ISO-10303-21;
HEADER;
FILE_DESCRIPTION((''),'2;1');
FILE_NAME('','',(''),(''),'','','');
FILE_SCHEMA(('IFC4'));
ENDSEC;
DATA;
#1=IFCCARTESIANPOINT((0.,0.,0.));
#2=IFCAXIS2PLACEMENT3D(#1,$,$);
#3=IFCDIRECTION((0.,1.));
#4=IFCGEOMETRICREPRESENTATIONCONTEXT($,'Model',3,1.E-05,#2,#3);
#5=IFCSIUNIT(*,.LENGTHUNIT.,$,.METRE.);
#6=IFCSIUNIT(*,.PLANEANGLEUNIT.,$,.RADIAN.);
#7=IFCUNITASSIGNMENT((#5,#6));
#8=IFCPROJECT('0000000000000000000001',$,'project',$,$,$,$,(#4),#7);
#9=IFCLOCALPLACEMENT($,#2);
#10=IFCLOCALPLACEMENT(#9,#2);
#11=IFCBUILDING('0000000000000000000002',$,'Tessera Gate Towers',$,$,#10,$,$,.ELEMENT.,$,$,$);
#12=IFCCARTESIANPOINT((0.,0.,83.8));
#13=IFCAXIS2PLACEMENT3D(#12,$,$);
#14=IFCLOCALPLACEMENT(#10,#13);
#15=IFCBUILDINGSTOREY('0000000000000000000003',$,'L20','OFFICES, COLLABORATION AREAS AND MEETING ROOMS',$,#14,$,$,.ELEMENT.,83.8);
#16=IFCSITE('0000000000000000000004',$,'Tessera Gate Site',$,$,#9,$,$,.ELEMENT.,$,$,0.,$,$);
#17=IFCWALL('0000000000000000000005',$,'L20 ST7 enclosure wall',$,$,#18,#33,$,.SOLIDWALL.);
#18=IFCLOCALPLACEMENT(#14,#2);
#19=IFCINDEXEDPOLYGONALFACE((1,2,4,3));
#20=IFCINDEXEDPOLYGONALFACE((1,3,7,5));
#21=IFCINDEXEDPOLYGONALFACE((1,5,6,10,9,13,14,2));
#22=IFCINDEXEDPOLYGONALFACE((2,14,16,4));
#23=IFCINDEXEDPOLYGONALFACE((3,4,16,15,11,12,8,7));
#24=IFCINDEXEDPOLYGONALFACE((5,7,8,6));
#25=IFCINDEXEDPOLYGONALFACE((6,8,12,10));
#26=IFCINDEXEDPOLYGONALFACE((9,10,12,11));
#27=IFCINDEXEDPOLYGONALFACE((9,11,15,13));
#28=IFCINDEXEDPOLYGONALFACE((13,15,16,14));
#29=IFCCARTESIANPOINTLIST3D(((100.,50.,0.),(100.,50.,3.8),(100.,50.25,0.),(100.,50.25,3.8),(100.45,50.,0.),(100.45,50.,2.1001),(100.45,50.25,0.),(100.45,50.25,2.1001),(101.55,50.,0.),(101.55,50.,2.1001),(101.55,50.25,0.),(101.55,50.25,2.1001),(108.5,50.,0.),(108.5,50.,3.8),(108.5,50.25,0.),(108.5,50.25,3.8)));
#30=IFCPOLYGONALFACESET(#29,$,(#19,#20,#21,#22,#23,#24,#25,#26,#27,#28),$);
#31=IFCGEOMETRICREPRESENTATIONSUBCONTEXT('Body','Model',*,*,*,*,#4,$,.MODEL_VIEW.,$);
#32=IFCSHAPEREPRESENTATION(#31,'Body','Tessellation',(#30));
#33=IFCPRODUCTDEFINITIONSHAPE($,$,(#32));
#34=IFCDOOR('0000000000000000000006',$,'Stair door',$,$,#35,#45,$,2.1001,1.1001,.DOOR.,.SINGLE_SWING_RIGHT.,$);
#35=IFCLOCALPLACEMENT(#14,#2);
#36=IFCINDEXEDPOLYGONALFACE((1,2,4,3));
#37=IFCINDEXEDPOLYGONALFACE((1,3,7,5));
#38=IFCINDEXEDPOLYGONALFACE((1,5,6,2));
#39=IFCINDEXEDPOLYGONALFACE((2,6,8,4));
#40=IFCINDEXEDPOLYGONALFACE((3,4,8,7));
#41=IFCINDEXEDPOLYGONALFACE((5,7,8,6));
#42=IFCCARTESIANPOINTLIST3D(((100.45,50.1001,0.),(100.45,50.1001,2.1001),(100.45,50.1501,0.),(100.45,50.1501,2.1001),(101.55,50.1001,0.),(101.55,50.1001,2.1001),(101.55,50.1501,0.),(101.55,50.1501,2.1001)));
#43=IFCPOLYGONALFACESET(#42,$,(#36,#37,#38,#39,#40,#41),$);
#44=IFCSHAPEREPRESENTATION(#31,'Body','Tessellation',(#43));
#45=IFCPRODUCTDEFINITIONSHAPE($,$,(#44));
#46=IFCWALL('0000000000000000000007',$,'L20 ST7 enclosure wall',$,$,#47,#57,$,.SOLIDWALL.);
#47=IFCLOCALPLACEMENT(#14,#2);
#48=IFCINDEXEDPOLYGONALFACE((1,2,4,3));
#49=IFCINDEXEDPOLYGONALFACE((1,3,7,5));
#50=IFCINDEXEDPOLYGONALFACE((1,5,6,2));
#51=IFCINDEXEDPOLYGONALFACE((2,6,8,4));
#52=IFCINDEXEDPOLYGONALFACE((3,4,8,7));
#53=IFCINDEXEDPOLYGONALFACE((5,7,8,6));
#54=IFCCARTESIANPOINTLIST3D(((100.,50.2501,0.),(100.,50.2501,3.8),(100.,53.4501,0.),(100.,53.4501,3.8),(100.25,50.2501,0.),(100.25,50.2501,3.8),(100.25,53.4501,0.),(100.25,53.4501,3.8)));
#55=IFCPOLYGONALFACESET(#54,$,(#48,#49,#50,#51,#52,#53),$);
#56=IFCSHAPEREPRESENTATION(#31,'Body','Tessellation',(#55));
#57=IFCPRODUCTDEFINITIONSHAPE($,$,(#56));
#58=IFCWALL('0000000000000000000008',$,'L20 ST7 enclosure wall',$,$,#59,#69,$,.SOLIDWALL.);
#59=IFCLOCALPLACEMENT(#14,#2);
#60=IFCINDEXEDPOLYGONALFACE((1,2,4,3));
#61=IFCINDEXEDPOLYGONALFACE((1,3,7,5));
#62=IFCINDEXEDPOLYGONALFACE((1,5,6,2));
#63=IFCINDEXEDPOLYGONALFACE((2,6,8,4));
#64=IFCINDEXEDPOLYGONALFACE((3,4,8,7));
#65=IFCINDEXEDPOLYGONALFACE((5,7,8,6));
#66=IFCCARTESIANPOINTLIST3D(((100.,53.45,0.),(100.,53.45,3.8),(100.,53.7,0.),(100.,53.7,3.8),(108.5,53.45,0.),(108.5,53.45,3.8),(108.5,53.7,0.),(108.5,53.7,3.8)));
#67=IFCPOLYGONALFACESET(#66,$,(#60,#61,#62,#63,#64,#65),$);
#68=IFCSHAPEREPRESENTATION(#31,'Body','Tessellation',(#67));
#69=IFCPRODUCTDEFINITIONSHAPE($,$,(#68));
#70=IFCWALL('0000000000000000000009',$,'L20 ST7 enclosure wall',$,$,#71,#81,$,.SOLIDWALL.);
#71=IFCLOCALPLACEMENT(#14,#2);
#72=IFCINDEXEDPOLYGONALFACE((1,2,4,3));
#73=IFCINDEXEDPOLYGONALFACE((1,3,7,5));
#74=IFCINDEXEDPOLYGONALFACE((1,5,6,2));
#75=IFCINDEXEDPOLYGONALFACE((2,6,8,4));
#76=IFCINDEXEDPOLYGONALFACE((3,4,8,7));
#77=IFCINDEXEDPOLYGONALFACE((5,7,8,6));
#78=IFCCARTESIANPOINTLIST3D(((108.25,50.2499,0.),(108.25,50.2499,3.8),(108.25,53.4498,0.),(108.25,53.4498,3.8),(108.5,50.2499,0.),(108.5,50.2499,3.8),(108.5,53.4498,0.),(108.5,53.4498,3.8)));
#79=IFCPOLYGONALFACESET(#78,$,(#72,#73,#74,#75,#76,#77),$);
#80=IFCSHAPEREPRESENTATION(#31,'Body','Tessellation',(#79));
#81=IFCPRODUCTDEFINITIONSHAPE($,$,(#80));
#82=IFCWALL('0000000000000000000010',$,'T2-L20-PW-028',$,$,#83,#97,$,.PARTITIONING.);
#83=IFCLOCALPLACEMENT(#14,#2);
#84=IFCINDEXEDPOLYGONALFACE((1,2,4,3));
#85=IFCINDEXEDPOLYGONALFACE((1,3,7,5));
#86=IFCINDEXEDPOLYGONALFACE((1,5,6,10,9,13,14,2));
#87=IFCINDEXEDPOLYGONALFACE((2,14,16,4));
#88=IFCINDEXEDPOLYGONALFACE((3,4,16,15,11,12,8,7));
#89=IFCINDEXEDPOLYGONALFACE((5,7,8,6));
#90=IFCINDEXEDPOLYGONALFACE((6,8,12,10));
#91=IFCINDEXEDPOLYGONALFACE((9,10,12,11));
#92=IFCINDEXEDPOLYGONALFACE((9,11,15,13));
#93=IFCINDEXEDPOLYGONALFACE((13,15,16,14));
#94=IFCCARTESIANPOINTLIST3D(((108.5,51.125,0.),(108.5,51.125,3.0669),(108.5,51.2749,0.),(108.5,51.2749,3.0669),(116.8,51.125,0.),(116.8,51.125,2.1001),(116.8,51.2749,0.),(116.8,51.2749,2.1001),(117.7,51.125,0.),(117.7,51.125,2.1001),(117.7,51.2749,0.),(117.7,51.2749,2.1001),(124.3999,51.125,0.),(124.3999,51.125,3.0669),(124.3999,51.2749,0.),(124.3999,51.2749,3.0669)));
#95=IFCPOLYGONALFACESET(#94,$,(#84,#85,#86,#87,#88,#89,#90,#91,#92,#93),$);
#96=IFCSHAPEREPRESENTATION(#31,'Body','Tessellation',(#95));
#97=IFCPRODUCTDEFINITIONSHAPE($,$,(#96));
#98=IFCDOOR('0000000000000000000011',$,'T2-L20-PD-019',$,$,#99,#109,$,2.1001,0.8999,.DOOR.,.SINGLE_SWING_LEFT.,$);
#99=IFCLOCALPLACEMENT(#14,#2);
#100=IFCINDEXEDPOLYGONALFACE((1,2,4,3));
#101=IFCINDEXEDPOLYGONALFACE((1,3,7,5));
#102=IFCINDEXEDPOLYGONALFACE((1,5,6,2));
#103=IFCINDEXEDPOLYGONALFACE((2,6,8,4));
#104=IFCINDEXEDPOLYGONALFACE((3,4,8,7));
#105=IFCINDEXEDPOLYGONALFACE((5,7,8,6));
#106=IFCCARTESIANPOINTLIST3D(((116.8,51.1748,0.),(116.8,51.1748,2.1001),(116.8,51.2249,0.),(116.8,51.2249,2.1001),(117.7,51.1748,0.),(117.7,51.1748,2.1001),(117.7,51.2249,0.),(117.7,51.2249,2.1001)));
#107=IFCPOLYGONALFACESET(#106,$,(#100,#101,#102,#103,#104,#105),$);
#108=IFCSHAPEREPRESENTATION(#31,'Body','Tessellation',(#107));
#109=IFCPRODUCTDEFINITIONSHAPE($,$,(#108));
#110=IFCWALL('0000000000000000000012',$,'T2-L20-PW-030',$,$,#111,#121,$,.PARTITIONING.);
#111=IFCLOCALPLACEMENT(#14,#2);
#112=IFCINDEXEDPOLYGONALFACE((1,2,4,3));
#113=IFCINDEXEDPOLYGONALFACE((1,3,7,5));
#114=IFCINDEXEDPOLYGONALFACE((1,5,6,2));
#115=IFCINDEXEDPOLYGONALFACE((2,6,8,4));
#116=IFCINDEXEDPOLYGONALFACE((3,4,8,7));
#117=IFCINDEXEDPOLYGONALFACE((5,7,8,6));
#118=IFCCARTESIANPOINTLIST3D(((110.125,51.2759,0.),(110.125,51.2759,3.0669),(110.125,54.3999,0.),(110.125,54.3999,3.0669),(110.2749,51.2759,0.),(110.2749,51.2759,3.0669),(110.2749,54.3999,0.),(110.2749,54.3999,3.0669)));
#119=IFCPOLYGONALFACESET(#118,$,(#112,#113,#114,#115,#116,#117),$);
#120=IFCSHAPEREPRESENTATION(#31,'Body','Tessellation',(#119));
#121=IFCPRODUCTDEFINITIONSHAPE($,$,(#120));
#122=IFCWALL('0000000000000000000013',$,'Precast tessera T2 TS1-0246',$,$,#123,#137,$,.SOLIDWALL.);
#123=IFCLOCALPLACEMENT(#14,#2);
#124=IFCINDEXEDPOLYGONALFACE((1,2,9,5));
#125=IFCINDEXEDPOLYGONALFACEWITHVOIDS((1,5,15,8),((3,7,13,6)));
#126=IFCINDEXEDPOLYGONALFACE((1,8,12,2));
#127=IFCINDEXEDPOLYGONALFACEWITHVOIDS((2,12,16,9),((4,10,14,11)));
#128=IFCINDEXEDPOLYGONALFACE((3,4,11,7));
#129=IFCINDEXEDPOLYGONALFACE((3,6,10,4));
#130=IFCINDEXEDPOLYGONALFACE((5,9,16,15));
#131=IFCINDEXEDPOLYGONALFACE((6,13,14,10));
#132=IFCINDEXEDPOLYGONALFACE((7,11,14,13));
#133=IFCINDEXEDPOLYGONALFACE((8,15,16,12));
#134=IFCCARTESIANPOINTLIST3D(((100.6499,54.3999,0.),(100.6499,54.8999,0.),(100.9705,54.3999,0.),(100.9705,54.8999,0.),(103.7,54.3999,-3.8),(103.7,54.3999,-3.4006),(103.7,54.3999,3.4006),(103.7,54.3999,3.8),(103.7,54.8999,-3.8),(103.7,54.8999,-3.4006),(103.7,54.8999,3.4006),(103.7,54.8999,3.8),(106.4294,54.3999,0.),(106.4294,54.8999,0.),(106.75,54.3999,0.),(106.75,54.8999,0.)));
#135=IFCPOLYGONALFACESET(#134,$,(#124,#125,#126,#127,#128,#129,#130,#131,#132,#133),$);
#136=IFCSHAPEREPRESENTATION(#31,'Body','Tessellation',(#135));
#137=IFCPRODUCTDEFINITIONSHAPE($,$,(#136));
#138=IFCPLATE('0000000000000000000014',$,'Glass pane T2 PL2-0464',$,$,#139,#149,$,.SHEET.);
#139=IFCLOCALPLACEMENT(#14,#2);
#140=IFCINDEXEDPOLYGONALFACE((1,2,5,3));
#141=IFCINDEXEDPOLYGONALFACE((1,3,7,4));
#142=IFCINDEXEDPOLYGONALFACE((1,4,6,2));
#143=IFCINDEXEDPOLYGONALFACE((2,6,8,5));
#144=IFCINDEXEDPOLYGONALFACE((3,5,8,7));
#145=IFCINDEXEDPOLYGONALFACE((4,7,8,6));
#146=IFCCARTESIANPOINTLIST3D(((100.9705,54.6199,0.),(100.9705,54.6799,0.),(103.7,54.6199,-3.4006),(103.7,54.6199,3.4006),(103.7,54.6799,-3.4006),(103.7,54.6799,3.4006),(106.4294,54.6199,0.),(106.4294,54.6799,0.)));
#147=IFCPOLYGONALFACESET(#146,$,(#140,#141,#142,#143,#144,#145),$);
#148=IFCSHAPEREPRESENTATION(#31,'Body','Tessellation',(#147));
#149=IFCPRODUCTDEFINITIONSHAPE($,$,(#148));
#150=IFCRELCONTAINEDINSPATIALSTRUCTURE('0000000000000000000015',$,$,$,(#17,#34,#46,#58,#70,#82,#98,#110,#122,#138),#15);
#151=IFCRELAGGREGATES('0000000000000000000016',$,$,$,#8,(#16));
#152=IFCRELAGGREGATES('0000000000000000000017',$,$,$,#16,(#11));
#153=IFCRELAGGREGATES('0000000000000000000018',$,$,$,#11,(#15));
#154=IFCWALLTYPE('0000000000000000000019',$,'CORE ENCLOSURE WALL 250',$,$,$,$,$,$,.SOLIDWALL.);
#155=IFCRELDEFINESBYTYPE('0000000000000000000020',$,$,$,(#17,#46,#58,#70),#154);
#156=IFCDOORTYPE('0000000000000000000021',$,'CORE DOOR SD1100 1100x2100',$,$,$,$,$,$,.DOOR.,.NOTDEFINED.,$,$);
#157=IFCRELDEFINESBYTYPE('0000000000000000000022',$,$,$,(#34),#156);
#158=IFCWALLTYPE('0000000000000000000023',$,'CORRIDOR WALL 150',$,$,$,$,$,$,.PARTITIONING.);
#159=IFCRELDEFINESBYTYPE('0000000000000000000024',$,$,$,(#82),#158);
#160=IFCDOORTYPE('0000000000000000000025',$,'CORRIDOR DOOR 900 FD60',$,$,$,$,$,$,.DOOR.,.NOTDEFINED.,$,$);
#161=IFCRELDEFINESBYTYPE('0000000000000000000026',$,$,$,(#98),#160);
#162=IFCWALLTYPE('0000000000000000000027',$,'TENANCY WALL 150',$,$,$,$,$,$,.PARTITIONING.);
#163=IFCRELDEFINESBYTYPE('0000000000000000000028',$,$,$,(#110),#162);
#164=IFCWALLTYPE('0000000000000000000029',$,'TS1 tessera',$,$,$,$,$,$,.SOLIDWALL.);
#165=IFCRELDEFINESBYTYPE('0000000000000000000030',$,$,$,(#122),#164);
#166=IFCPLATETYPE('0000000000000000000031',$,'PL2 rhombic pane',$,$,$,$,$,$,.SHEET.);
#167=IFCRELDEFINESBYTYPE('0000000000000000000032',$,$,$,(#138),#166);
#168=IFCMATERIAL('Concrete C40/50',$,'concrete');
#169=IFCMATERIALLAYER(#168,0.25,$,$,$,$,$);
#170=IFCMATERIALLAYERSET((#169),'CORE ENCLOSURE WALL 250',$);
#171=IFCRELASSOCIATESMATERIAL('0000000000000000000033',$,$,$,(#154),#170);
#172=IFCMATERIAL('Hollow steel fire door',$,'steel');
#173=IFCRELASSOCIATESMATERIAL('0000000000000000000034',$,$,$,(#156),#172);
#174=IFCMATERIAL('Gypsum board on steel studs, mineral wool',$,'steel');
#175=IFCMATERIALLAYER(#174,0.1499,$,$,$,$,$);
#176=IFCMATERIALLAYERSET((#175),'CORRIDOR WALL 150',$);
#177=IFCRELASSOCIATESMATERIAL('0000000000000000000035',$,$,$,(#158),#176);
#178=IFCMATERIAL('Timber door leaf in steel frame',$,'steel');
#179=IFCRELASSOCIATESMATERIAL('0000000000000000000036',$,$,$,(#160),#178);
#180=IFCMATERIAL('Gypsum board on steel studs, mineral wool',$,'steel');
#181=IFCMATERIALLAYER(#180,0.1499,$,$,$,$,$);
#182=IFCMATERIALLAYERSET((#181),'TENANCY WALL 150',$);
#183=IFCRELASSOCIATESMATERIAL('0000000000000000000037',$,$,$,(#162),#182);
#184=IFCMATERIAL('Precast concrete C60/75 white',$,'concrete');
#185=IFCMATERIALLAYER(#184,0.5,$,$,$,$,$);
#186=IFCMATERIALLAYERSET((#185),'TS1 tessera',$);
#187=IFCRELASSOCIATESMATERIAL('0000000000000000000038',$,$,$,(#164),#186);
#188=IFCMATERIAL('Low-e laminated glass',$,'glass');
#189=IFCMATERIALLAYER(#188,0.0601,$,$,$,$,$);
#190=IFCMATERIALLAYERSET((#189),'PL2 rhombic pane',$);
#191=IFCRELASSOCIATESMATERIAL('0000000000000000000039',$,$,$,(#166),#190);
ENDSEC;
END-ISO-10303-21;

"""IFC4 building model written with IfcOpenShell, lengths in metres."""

from ifc_helpers import new_model, si_unit, direction, frame, frame_2d, origin, place, context, subcontext, project, spatial, polyline, rectangle, outline, extrude, source, transform, mapped, material, layer, layer_set, type_object, element, fill, save


model = new_model("IFC4")

# Units and contexts
model_context = context("Model", 3, precision=1e-05, world=origin(), true_north=direction((0.0, 1.0)))
body_context = subcontext(model_context, "Body", "Model", "MODEL_VIEW")
ifc_project = project(units=[si_unit("LENGTHUNIT", "METRE"), si_unit("PLANEANGLEUNIT", "RADIAN")], contexts=[model_context])

# Site, building, storey
site_placement = place(None, origin())
site = spatial("IfcSite", under=ifc_project, at=site_placement, Name="Tessera Gate Site", CompositionType="ELEMENT", RefElevation=0.0)
building_placement = place(site_placement, origin())
building = spatial("IfcBuilding", under=site, at=building_placement, Name="Tessera Gate Towers", CompositionType="ELEMENT")
storey_placement = place(building_placement, frame((0.0, 0.0, 83.8)))
storey = spatial("IfcBuildingStorey", under=building, at=storey_placement, Name="L20", Description="OFFICES, COLLABORATION AREAS AND MEETING ROOMS", CompositionType="ELEMENT", Elevation=83.8)

# Wall, opening, door
ifc_material_1 = material(Name="Concrete C40/50", Category="concrete")
ifc_layer_1 = layer(ifc_material_1, 0.25)
ifc_layer_set_1 = layer_set([ifc_layer_1], Name="CORE ENCLOSURE WALL 250")
wall_type_1 = type_object("IfcWallType", Name="CORE ENCLOSURE WALL 250", PredefinedType="SOLIDWALL", material=ifc_layer_set_1)
wall_1_placement = place(storey_placement, frame((108.5, 50.125, 0.0), z_axis=(0.0, 0.0, 1.0), x_axis=(-1.0, 0.0, 0.0)))
wall_1 = element("IfcWall", 1, at=wall_1_placement, inside=storey, type_object=wall_type_1, Name="L20 ST7 enclosure wall", PredefinedType="SOLIDWALL", context=body_context, shape_type="SweptSolid", body=[
    extrude(rectangle(XDim=8.5, YDim=0.25, at=frame_2d((4.25, 0.0))), origin(), (0.0, 0.0, 1.0), 3.8),
])
shared_shape_1 = source(origin(), body_context, "Body", "SweptSolid", [
    extrude(rectangle(XDim=1.1001, YDim=2.1001, at=frame_2d((0.55, 1.05))), frame((0.0, 0.135, 0.0), z_axis=(0.0, -1.0, 0.0), x_axis=(1.0, 0.0, 0.0)), (0.0, 0.0, 1.0), 0.27),
])
opening_1_placement = place(wall_1_placement, frame((6.95, 0.0, 0.0)))
opening_1 = element("IfcOpeningElement", 2, at=opening_1_placement, cuts=wall_1, PredefinedType="OPENING", context=body_context, shape_type="MappedRepresentation", body=[
    mapped(shared_shape_1, transform((0.0, 0.0, 0.0), scale=1.0)),
])
ifc_material_2 = material(Name="Hollow steel fire door", Category="steel")
door_type_1 = type_object("IfcDoorType", Name="CORE DOOR SD1100 1100x2100", OperationType="NOTDEFINED", PredefinedType="DOOR", material=ifc_material_2)
shared_shape_2 = source(origin(), body_context, "Body", "SweptSolid", [
    extrude(rectangle(XDim=1.1001, YDim=2.1001, at=frame_2d((0.55, 1.05))), frame((0.0, 0.0249, 0.0), z_axis=(0.0, -1.0, 0.0), x_axis=(1.0, 0.0, 0.0)), (0.0, 0.0, 1.0), 0.05),
])
door_1_placement = place(opening_1_placement, origin())
door_1 = element("IfcDoor", 3, at=door_1_placement, inside=storey, type_object=door_type_1, Name="Stair door", OperationType="SINGLE_SWING_RIGHT", OverallHeight=2.1001, OverallWidth=1.1001, PredefinedType="DOOR", context=body_context, shape_type="MappedRepresentation", body=[
    mapped(shared_shape_2, transform((0.0, 0.0, 0.0), scale=1.0)),
])
fill(opening_1, door_1)

# Walls
wall_2_placement = place(storey_placement, frame((100.125, 50.25, 0.0), z_axis=(0.0, 0.0, 1.0), x_axis=(0.0, 1.0, 0.0)))
element("IfcWall", 4, at=wall_2_placement, inside=storey, type_object=wall_type_1, Name="L20 ST7 enclosure wall", PredefinedType="SOLIDWALL", context=body_context, shape_type="SweptSolid", body=[
    extrude(rectangle(XDim=3.2, YDim=0.25, at=frame_2d((1.6001, 0.0))), origin(), (0.0, 0.0, 1.0), 3.8),
])
wall_3_placement = place(storey_placement, frame((100.0, 53.575, 0.0), z_axis=(0.0, 0.0, 1.0), x_axis=(1.0, 0.0, 0.0)))
element("IfcWall", 5, at=wall_3_placement, inside=storey, type_object=wall_type_1, Name="L20 ST7 enclosure wall", PredefinedType="SOLIDWALL", context=body_context, shape_type="SweptSolid", body=[
    extrude(rectangle(XDim=8.5, YDim=0.25, at=frame_2d((4.25, 0.0))), origin(), (0.0, 0.0, 1.0), 3.8),
])
wall_4_placement = place(storey_placement, frame((108.375, 53.45, 0.0), z_axis=(0.0, 0.0, 1.0), x_axis=(0.0, -1.0, 0.0)))
element("IfcWall", 6, at=wall_4_placement, inside=storey, type_object=wall_type_1, Name="L20 ST7 enclosure wall", PredefinedType="SOLIDWALL", context=body_context, shape_type="SweptSolid", body=[
    extrude(rectangle(XDim=3.2, YDim=0.25, at=frame_2d((1.6001, 0.0))), origin(), (0.0, 0.0, 1.0), 3.8),
])

# Wall, opening, door
ifc_material_3 = material(Name="Gypsum board on steel studs, mineral wool", Category="steel")
ifc_layer_2 = layer(ifc_material_3, 0.1499)
ifc_layer_set_2 = layer_set([ifc_layer_2], Name="CORRIDOR WALL 150")
wall_type_2 = type_object("IfcWallType", Name="CORRIDOR WALL 150", PredefinedType="PARTITIONING", material=ifc_layer_set_2)
wall_5_placement = place(storey_placement, frame((108.5, 51.2, 0.0), z_axis=(0.0, 0.0, 1.0), x_axis=(1.0, 0.0, 0.0)))
wall_5 = element("IfcWall", 7, at=wall_5_placement, inside=storey, type_object=wall_type_2, Name="T2-L20-PW-028", PredefinedType="PARTITIONING", context=body_context, shape_type="SweptSolid", body=[
    extrude(rectangle(XDim=15.8999, YDim=0.1499, at=frame_2d((7.95, 0.0))), origin(), (0.0, 0.0, 1.0), 3.0669),
])
shared_shape_3 = source(origin(), body_context, "Body", "SweptSolid", [
    extrude(rectangle(XDim=0.8999, YDim=2.1001, at=frame_2d((0.45, 1.05))), frame((0.0, 0.085, 0.0), z_axis=(0.0, -1.0, 0.0), x_axis=(1.0, 0.0, 0.0)), (0.0, 0.0, 1.0), 0.1699),
])
opening_2_placement = place(wall_5_placement, frame((8.3, 0.0, 0.0)))
opening_2 = element("IfcOpeningElement", 8, at=opening_2_placement, cuts=wall_5, PredefinedType="OPENING", context=body_context, shape_type="MappedRepresentation", body=[
    mapped(shared_shape_3, transform((0.0, 0.0, 0.0), scale=1.0)),
])
ifc_material_4 = material(Name="Timber door leaf in steel frame", Category="steel")
door_type_2 = type_object("IfcDoorType", Name="CORRIDOR DOOR 900 FD60", OperationType="NOTDEFINED", PredefinedType="DOOR", material=ifc_material_4)
shared_shape_4 = source(origin(), body_context, "Body", "SweptSolid", [
    extrude(rectangle(XDim=0.8999, YDim=2.1001, at=frame_2d((0.45, 1.05))), frame((0.0, 0.0249, 0.0), z_axis=(0.0, -1.0, 0.0), x_axis=(1.0, 0.0, 0.0)), (0.0, 0.0, 1.0), 0.05),
])
door_2_placement = place(opening_2_placement, origin())
door_2 = element("IfcDoor", 9, at=door_2_placement, inside=storey, type_object=door_type_2, Name="T2-L20-PD-019", OperationType="SINGLE_SWING_LEFT", OverallHeight=2.1001, OverallWidth=0.8999, PredefinedType="DOOR", context=body_context, shape_type="MappedRepresentation", body=[
    mapped(shared_shape_4, transform((0.0, 0.0, 0.0), scale=1.0)),
])
fill(opening_2, door_2)

# Wall
ifc_material_5 = material(Name="Gypsum board on steel studs, mineral wool", Category="steel")
ifc_layer_3 = layer(ifc_material_5, 0.1499)
ifc_layer_set_3 = layer_set([ifc_layer_3], Name="TENANCY WALL 150")
wall_type_3 = type_object("IfcWallType", Name="TENANCY WALL 150", PredefinedType="PARTITIONING", material=ifc_layer_set_3)
wall_6_placement = place(storey_placement, frame((110.2, 51.2759, 0.0), z_axis=(0.0, 0.0, 1.0), x_axis=(0.0, 1.0, 0.0)))
element("IfcWall", 10, at=wall_6_placement, inside=storey, type_object=wall_type_3, Name="T2-L20-PW-030", PredefinedType="PARTITIONING", context=body_context, shape_type="SweptSolid", body=[
    extrude(rectangle(XDim=3.124, YDim=0.1499, at=frame_2d((1.562, 0.0))), origin(), (0.0, 0.0, 1.0), 3.0669),
])

# Wall, opening, plate
ifc_material_6 = material(Name="Precast concrete C60/75 white", Category="concrete")
ifc_layer_4 = layer(ifc_material_6, 0.5)
ifc_layer_set_4 = layer_set([ifc_layer_4], Name="TS1 tessera")
wall_type_4 = type_object("IfcWallType", Name="TS1 tessera", PredefinedType="SOLIDWALL", material=ifc_layer_set_4)
shared_shape_5 = source(origin(), body_context, "Body", "SweptSolid", [
    extrude(outline(polyline([(3.05, 0.0), (6.1001, 3.8), (3.05, 7.6001), (0.0, 3.8), (3.05, 0.0)])), frame((0.0, 0.25, 0.0), z_axis=(0.0, -1.0, 0.0), x_axis=(1.0, 0.0, 0.0)), (0.0, 0.0, 1.0), 0.5),
])
wall_7_placement = place(storey_placement, frame((106.75, 54.6499, -3.8), z_axis=(0.0, 0.0, 1.0), x_axis=(-1.0, 0.0, 0.0)))
wall_7 = element("IfcWall", 11, at=wall_7_placement, inside=storey, type_object=wall_type_4, Name="Precast tessera T2 TS1-0246", PredefinedType="SOLIDWALL", context=body_context, shape_type="MappedRepresentation", body=[
    mapped(shared_shape_5, transform((0.0, 0.0, 0.0), scale=1.0)),
])
shared_shape_6 = source(origin(), body_context, "Body", "SweptSolid", [
    extrude(outline(polyline([(3.05, 0.3994), (5.7795, 3.8), (3.05, 7.2007), (0.3206, 3.8), (3.05, 0.3994)])), frame((0.0, 0.26, 0.0), z_axis=(0.0, -1.0, 0.0), x_axis=(1.0, 0.0, 0.0)), (0.0, 0.0, 1.0), 0.52),
])
opening_3_placement = place(wall_7_placement, origin())
opening_3 = element("IfcOpeningElement", 12, at=opening_3_placement, cuts=wall_7, PredefinedType="OPENING", context=body_context, shape_type="MappedRepresentation", body=[
    mapped(shared_shape_6, transform((0.0, 0.0, 0.0), scale=1.0)),
])
ifc_material_7 = material(Name="Low-e laminated glass", Category="glass")
ifc_layer_5 = layer(ifc_material_7, 0.0601)
ifc_layer_set_5 = layer_set([ifc_layer_5], Name="PL2 rhombic pane")
plate_type = type_object("IfcPlateType", Name="PL2 rhombic pane", PredefinedType="SHEET", material=ifc_layer_set_5)
shared_shape_7 = source(origin(), body_context, "Body", "SweptSolid", [
    extrude(outline(polyline([(3.05, 0.3994), (5.7795, 3.8), (3.05, 7.2007), (0.3206, 3.8), (3.05, 0.3994)])), frame((0.0, 0.03, 0.0), z_axis=(0.0, -1.0, 0.0), x_axis=(1.0, 0.0, 0.0)), (0.0, 0.0, 1.0), 0.0601),
])
plate_placement = place(opening_3_placement, origin())
plate = element("IfcPlate", 13, at=plate_placement, inside=storey, type_object=plate_type, Name="Glass pane T2 PL2-0464", PredefinedType="SHEET", context=body_context, shape_type="MappedRepresentation", body=[
    mapped(shared_shape_7, transform((0.0, 0.0, 0.0), scale=1.0)),
])
fill(opening_3, plate)

save(model, "model.ifc")
